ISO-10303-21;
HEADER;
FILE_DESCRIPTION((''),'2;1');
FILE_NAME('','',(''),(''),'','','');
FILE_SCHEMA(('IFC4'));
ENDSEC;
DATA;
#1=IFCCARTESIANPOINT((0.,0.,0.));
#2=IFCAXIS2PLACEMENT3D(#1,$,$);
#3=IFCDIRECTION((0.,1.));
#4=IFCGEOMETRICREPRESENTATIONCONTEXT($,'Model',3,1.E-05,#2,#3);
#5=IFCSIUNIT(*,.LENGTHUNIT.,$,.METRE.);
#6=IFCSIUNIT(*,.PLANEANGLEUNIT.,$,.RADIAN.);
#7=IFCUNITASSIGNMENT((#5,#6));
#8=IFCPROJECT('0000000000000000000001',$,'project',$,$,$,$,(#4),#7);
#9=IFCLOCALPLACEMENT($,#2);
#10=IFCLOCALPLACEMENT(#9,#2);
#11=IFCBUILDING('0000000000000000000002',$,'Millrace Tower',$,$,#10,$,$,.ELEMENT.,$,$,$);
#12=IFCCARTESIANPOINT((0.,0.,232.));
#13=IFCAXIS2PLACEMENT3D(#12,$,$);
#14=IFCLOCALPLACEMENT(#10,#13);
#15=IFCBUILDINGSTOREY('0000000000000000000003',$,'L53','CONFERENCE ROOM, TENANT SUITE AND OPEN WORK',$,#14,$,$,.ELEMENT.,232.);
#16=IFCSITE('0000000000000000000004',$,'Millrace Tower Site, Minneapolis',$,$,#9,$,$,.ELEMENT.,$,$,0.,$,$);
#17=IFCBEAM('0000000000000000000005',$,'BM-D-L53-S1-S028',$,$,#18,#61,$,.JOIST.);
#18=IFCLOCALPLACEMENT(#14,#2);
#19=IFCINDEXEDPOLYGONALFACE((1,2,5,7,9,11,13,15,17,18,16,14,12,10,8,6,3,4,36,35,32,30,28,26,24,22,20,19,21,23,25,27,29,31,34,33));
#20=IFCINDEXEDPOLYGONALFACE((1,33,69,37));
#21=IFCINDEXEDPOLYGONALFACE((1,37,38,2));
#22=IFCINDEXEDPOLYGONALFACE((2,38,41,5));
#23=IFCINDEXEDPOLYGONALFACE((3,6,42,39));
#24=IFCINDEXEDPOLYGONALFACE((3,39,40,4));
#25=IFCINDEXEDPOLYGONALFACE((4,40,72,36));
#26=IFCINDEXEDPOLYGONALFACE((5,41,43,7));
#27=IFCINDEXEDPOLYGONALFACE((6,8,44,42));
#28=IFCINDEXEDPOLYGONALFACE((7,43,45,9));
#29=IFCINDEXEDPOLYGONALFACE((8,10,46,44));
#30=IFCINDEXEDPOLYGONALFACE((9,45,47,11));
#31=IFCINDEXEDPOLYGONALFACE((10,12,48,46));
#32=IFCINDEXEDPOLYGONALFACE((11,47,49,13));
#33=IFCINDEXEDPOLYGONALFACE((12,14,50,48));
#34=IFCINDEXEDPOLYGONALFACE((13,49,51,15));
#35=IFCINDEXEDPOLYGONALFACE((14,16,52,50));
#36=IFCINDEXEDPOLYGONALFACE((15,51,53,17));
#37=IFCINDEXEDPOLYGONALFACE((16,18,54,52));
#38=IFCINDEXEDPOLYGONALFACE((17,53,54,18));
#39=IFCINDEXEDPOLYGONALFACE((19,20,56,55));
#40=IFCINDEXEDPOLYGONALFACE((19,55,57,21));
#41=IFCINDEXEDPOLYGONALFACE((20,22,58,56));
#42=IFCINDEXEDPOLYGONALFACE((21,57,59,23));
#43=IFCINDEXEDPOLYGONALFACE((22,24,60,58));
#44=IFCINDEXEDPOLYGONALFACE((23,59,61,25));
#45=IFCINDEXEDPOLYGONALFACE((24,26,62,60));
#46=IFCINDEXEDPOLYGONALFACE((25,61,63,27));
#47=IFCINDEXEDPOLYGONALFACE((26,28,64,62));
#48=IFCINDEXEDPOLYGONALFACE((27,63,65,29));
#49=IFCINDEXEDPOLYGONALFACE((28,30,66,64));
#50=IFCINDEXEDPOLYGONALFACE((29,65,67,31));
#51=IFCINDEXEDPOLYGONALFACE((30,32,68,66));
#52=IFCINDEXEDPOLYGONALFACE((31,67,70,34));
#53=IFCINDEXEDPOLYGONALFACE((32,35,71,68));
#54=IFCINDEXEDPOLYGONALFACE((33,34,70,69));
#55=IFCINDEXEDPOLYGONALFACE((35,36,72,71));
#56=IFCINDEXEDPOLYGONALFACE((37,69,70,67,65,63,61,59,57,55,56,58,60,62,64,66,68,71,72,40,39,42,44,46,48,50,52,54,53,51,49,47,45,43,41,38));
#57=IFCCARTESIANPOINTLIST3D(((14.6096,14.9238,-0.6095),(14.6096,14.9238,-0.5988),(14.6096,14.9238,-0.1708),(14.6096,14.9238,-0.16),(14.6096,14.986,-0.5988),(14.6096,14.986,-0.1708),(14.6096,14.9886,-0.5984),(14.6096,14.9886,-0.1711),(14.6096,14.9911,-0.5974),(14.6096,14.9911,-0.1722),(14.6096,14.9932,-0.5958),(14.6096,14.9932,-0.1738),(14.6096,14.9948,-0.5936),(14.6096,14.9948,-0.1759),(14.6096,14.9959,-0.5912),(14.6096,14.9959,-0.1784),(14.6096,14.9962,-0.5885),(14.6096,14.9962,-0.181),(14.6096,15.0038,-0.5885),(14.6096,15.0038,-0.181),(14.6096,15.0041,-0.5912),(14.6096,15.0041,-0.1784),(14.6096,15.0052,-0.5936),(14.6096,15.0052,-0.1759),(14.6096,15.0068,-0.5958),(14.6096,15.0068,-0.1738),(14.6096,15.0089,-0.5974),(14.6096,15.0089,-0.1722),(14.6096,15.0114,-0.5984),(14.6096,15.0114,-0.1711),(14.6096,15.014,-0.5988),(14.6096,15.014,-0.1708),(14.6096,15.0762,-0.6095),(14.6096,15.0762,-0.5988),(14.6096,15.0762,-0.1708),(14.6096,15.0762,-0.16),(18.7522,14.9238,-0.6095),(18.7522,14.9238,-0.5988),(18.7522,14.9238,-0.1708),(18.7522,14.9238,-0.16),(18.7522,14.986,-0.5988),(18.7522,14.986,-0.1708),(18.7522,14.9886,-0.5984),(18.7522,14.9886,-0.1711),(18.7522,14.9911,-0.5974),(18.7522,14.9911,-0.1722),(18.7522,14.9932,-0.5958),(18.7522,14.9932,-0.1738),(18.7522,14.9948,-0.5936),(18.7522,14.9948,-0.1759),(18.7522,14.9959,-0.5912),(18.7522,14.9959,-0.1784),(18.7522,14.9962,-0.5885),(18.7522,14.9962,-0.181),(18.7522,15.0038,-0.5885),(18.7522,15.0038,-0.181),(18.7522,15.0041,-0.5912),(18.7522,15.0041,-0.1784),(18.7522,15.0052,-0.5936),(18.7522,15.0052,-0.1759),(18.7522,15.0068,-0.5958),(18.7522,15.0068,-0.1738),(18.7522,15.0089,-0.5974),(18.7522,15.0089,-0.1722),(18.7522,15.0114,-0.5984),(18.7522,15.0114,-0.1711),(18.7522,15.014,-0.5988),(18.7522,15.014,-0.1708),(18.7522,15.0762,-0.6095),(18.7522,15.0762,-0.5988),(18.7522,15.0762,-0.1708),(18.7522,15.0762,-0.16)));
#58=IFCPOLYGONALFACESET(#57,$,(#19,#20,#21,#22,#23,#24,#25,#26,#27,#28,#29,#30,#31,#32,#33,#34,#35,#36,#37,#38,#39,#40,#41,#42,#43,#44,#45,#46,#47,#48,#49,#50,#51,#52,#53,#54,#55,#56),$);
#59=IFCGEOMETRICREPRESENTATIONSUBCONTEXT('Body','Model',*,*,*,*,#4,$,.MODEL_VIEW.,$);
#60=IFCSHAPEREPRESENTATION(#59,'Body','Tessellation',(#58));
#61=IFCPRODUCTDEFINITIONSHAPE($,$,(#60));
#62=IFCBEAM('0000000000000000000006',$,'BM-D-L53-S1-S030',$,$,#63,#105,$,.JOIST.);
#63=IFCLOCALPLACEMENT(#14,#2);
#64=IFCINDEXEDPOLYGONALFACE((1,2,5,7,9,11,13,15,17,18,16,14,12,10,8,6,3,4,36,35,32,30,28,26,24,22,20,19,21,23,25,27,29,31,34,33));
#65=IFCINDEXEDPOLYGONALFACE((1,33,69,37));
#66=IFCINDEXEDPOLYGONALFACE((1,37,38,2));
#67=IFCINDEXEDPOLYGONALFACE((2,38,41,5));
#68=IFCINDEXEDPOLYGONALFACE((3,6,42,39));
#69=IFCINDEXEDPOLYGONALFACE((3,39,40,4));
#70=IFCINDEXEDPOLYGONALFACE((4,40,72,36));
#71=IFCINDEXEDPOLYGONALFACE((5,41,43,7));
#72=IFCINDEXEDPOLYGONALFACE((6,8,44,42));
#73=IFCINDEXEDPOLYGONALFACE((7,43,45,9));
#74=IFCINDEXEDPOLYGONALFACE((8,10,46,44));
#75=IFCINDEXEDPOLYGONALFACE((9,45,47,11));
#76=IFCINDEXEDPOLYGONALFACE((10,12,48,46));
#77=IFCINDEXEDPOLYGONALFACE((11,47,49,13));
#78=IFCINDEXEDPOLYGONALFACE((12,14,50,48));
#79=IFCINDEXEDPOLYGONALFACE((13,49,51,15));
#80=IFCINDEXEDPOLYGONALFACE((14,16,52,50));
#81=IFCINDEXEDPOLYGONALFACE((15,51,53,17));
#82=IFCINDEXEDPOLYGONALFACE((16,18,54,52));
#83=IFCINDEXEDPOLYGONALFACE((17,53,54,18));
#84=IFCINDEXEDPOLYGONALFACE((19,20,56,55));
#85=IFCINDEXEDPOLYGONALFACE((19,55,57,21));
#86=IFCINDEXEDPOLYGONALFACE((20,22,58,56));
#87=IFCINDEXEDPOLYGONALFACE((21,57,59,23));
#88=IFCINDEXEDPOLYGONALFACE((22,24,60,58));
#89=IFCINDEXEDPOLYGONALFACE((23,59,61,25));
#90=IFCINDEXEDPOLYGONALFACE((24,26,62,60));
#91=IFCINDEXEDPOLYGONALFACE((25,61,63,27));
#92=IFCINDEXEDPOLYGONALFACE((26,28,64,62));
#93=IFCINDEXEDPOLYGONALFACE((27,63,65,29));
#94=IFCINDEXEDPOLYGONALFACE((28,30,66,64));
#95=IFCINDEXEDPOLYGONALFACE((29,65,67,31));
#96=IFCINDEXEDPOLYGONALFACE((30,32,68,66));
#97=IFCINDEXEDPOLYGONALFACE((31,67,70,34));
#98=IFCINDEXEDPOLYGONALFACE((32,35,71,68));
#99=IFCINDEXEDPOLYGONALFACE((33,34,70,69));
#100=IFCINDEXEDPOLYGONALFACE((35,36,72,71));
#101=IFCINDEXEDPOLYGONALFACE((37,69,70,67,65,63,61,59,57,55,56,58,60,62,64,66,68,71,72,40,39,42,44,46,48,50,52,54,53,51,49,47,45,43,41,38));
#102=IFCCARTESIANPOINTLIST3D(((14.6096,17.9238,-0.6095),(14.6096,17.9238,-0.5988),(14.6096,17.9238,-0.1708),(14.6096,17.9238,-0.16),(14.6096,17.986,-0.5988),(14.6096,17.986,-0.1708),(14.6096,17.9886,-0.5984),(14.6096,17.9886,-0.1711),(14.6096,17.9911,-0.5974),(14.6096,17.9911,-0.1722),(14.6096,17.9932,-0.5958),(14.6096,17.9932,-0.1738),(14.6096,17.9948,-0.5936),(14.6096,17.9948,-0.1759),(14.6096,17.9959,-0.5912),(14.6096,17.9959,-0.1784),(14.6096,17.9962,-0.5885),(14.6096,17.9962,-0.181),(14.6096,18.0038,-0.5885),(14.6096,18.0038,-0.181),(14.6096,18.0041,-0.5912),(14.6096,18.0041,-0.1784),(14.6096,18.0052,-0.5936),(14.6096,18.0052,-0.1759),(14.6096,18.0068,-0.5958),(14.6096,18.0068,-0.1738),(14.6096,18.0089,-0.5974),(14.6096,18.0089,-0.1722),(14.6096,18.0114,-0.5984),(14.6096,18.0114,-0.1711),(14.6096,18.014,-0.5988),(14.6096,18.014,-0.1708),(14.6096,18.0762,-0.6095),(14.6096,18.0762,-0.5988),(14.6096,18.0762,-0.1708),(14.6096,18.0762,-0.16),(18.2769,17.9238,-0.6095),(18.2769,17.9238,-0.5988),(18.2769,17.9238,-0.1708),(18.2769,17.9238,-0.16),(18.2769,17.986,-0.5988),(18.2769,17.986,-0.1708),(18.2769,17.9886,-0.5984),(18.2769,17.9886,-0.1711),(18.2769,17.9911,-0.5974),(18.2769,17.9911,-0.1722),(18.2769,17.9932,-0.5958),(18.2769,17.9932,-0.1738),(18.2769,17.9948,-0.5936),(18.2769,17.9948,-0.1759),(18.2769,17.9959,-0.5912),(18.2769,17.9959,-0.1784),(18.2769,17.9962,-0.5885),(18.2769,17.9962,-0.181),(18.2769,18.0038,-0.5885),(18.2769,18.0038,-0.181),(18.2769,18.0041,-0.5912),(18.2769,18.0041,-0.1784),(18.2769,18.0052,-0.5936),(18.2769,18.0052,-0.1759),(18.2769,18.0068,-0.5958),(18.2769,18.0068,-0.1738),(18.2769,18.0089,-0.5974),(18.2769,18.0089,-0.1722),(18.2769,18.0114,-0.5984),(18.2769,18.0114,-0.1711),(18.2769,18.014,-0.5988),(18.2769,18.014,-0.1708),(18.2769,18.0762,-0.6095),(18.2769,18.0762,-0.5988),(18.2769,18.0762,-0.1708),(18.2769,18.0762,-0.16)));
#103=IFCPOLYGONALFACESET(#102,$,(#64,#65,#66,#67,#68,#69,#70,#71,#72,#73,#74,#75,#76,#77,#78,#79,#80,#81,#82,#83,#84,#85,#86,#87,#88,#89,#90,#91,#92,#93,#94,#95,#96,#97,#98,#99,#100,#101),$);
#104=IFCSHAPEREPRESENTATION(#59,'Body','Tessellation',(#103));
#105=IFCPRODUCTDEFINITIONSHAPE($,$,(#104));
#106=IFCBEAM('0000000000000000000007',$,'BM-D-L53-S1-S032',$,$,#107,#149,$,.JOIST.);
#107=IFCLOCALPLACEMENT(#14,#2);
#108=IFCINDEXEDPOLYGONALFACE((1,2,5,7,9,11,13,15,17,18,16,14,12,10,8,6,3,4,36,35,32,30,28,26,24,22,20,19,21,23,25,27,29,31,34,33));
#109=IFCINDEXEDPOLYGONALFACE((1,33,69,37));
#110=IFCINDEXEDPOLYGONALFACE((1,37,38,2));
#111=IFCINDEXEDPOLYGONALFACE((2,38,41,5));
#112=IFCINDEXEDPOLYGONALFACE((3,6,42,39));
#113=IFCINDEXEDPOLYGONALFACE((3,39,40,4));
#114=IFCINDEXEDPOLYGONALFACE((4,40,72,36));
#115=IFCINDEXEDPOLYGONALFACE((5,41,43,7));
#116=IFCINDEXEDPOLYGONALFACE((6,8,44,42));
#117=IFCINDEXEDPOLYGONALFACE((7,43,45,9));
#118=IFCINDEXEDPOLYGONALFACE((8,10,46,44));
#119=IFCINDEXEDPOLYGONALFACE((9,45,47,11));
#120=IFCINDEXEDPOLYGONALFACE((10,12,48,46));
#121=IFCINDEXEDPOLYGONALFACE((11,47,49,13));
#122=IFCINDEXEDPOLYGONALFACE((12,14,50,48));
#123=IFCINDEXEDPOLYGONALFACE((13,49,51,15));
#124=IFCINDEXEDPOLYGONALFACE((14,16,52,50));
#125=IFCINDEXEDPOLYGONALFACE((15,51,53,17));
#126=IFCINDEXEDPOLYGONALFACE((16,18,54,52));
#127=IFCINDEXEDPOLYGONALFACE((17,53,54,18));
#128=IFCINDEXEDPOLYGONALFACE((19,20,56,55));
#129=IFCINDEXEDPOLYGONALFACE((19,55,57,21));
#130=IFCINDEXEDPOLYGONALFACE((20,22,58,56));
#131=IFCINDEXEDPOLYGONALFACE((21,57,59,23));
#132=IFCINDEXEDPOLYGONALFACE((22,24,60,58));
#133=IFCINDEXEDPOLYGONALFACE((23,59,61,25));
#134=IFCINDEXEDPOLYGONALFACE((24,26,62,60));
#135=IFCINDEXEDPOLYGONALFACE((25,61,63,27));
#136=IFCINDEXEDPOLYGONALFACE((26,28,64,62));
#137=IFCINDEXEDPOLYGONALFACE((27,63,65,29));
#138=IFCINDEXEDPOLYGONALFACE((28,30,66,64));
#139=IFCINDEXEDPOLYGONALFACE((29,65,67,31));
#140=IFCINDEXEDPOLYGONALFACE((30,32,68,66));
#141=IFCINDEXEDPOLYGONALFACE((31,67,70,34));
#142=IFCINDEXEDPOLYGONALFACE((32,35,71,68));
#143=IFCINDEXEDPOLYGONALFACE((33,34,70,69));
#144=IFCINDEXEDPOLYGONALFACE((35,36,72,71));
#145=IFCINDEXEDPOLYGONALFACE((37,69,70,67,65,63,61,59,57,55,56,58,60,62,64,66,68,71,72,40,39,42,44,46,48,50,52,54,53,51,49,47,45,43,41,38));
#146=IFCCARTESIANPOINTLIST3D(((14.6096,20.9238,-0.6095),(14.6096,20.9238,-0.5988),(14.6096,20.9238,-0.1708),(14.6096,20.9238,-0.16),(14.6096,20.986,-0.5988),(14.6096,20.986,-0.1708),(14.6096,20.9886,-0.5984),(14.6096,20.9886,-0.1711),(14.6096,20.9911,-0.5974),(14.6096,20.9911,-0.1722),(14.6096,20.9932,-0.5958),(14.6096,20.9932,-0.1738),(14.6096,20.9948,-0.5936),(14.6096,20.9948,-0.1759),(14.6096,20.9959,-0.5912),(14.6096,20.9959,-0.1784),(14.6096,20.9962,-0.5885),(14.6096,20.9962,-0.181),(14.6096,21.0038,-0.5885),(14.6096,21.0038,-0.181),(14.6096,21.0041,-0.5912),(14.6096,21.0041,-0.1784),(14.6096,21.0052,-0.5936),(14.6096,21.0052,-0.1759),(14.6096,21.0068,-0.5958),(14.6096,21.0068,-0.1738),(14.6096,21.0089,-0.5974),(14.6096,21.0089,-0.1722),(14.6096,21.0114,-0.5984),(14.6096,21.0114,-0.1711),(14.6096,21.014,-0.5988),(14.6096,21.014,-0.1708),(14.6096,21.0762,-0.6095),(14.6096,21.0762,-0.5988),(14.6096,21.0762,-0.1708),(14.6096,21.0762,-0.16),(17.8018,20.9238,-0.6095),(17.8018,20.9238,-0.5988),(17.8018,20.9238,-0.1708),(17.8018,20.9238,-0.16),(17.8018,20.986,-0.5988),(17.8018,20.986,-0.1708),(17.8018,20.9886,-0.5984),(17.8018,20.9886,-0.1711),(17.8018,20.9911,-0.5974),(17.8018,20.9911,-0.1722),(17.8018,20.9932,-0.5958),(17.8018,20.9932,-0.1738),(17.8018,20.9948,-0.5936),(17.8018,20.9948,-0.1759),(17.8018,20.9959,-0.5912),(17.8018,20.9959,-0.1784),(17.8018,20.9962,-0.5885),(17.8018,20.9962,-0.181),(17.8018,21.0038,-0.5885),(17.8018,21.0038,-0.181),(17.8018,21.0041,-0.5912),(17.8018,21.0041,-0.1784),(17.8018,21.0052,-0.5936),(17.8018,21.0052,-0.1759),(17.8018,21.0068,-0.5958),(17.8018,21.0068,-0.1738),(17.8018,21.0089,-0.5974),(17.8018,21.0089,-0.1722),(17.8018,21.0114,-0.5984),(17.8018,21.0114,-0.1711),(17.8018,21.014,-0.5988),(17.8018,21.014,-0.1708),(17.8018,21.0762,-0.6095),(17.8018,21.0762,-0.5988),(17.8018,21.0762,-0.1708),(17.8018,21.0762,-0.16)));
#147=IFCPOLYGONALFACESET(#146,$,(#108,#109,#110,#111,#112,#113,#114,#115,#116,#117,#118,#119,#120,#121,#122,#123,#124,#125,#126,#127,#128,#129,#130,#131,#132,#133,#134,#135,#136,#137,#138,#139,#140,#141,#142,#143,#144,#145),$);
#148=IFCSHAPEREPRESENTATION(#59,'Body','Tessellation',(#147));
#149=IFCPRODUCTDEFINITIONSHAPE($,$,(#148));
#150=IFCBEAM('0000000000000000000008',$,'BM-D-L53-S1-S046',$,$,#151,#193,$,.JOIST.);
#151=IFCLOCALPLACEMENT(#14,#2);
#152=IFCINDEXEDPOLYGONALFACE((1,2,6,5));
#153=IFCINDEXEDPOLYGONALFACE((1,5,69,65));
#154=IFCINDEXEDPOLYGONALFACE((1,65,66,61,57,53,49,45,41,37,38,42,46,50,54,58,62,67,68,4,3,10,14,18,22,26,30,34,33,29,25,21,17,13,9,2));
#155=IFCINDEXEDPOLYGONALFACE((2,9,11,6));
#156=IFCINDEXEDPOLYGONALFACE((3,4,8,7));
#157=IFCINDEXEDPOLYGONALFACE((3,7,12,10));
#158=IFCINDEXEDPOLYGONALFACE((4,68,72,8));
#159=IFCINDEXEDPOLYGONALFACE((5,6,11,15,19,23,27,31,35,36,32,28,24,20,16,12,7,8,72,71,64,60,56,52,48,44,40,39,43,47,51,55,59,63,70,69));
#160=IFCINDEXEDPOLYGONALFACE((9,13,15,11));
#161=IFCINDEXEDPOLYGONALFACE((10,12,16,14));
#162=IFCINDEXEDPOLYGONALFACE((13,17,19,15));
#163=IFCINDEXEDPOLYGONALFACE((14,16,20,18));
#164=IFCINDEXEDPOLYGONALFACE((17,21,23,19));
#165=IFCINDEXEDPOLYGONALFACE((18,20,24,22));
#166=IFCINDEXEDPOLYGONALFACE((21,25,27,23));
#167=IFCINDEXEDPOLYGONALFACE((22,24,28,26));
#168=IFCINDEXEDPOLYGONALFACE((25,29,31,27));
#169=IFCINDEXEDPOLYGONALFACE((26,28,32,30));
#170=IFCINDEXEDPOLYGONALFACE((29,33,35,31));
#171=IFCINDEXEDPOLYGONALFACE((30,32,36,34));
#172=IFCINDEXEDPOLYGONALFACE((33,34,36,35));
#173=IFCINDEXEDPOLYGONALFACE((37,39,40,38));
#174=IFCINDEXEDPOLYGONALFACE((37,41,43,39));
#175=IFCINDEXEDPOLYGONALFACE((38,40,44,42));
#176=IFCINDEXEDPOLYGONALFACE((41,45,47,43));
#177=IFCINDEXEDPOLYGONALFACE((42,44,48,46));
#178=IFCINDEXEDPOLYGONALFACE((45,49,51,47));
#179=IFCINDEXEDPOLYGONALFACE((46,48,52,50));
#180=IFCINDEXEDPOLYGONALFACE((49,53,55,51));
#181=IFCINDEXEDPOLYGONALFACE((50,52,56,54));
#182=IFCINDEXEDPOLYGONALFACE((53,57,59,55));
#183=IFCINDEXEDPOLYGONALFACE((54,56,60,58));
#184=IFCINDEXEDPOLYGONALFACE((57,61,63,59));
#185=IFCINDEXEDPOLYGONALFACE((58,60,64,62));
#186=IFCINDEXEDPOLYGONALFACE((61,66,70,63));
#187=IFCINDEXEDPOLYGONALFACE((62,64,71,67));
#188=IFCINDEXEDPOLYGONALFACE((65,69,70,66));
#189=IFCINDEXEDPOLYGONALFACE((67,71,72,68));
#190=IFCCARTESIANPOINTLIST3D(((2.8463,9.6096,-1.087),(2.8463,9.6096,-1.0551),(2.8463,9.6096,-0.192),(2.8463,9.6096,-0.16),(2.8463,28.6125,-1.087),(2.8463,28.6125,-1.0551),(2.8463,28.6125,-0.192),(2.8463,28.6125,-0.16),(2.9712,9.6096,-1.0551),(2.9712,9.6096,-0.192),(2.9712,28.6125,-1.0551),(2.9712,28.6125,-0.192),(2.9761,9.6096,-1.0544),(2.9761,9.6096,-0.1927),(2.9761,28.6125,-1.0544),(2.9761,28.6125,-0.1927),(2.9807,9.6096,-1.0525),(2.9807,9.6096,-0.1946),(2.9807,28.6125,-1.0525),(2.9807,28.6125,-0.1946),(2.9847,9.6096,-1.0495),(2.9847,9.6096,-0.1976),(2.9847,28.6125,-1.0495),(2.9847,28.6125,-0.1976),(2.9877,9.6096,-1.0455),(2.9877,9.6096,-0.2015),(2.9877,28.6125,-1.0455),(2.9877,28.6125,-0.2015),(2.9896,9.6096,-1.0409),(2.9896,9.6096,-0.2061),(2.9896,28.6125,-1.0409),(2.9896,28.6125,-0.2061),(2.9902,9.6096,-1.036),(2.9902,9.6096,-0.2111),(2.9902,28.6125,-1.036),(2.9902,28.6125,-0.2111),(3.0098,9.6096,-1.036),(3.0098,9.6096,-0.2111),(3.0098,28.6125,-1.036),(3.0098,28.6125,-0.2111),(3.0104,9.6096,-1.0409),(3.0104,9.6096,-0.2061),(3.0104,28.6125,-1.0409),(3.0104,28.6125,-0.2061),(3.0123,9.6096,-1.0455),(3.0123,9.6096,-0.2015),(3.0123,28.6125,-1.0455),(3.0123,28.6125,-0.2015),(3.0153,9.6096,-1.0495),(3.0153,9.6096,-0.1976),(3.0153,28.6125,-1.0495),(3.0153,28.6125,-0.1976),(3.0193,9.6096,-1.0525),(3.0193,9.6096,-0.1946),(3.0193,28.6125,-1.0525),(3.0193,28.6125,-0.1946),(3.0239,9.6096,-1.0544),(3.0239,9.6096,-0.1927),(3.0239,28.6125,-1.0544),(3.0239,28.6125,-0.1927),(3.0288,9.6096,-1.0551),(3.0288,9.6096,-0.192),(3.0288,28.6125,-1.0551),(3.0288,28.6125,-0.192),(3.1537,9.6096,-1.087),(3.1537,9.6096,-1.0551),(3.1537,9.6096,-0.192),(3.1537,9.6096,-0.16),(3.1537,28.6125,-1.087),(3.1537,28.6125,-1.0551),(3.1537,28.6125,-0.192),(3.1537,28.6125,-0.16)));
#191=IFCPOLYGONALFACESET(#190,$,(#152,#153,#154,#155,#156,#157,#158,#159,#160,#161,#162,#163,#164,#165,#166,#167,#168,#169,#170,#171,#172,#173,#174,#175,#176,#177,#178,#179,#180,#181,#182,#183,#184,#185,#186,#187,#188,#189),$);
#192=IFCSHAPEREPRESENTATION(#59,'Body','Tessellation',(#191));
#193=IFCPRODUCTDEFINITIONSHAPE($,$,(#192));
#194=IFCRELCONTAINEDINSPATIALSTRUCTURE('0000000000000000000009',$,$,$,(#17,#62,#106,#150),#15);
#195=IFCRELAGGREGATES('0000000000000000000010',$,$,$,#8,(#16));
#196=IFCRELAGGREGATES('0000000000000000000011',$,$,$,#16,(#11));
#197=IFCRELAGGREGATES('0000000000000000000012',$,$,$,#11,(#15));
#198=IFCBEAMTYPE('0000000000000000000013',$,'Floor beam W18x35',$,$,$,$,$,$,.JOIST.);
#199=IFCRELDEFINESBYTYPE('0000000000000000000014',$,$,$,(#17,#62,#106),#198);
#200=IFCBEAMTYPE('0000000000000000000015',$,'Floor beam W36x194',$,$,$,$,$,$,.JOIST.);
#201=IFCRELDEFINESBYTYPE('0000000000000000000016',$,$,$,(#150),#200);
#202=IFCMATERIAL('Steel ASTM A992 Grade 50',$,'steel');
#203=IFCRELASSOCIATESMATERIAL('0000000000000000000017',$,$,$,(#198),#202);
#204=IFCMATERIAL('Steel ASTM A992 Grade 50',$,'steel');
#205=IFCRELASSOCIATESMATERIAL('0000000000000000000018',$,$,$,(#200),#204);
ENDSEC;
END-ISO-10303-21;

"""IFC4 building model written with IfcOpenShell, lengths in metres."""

from ifc_helpers import new_model, si_unit, direction, frame, origin, origin_2d, place, context, subcontext, project, spatial, i_section, extrude, material, material_profile, profile_set, type_object, element, save


model = new_model("IFC4")

# Units and contexts
model_context = context("Model", 3, precision=1e-05, world=origin(), true_north=direction((0.0, 1.0)))
body_context = subcontext(model_context, "Body", "Model", "MODEL_VIEW")
ifc_project = project(units=[si_unit("LENGTHUNIT", "METRE"), si_unit("PLANEANGLEUNIT", "RADIAN")], contexts=[model_context])

# Site, building, storey
site_placement = place(None, origin())
site = spatial("IfcSite", under=ifc_project, at=site_placement, Name="Millrace Tower Site, Minneapolis", CompositionType="ELEMENT", RefElevation=0.0)
building_placement = place(site_placement, origin())
building = spatial("IfcBuilding", under=site, at=building_placement, Name="Millrace Tower", CompositionType="ELEMENT")
storey_placement = place(building_placement, frame((0.0, 0.0, 232.0)))
storey = spatial("IfcBuildingStorey", under=building, at=storey_placement, Name="L53", Description="CONFERENCE ROOM, TENANT SUITE AND OPEN WORK", CompositionType="ELEMENT", Elevation=232.0)

# Beams
ifc_material_1 = material(Name="Steel ASTM A992 Grade 50", Category="steel")
ifc_material_profile_1 = material_profile(ifc_material_1, i_section(OverallWidth=0.1523, OverallDepth=0.4495, WebThickness=0.0076, FlangeThickness=0.0107, FilletRadius=0.0103, at=origin_2d()))
ifc_profile_set_1 = profile_set([ifc_material_profile_1], Name="Steel ASTM A992 Grade 50")
beam_type_1 = type_object("IfcBeamType", Name="Floor beam W18x35", PredefinedType="JOIST", material=ifc_profile_set_1)
beam_1_placement = place(storey_placement, frame((14.6096, 15.0, -0.3848), z_axis=(1.0, 0.0, 0.0), x_axis=(0.0, 1.0, 0.0)))
element("IfcBeam", 1, at=beam_1_placement, inside=storey, type_object=beam_type_1, Name="BM-D-L53-S1-S028", PredefinedType="JOIST", context=body_context, shape_type="SweptSolid", body=[
    extrude(i_section(OverallWidth=0.1523, OverallDepth=0.4495, WebThickness=0.0076, FlangeThickness=0.0107, FilletRadius=0.0103, at=origin_2d()), origin(), (0.0, 0.0, 1.0), 4.1426),
])
beam_2_placement = place(storey_placement, frame((14.6096, 18.0, -0.3848), z_axis=(1.0, 0.0, 0.0), x_axis=(0.0, 1.0, 0.0)))
element("IfcBeam", 2, at=beam_2_placement, inside=storey, type_object=beam_type_1, Name="BM-D-L53-S1-S030", PredefinedType="JOIST", context=body_context, shape_type="SweptSolid", body=[
    extrude(i_section(OverallWidth=0.1523, OverallDepth=0.4495, WebThickness=0.0076, FlangeThickness=0.0107, FilletRadius=0.0103, at=origin_2d()), origin(), (0.0, 0.0, 1.0), 3.6672),
])
beam_3_placement = place(storey_placement, frame((14.6096, 21.0, -0.3848), z_axis=(1.0, 0.0, 0.0), x_axis=(0.0, 1.0, 0.0)))
element("IfcBeam", 3, at=beam_3_placement, inside=storey, type_object=beam_type_1, Name="BM-D-L53-S1-S032", PredefinedType="JOIST", context=body_context, shape_type="SweptSolid", body=[
    extrude(i_section(OverallWidth=0.1523, OverallDepth=0.4495, WebThickness=0.0076, FlangeThickness=0.0107, FilletRadius=0.0103, at=origin_2d()), origin(), (0.0, 0.0, 1.0), 3.1921),
])
ifc_material_2 = material(Name="Steel ASTM A992 Grade 50", Category="steel")
ifc_material_profile_2 = material_profile(ifc_material_2, i_section(OverallWidth=0.3074, OverallDepth=0.927, WebThickness=0.0195, FlangeThickness=0.032, FilletRadius=0.019, at=origin_2d()))
ifc_profile_set_2 = profile_set([ifc_material_profile_2], Name="Steel ASTM A992 Grade 50")
beam_type_2 = type_object("IfcBeamType", Name="Floor beam W36x194", PredefinedType="JOIST", material=ifc_profile_set_2)
beam_4_placement = place(storey_placement, frame((3.0, 9.6096, -0.6235), z_axis=(0.0, 1.0, 0.0), x_axis=(-1.0, 0.0, 0.0)))
element("IfcBeam", 4, at=beam_4_placement, inside=storey, type_object=beam_type_2, Name="BM-D-L53-S1-S046", PredefinedType="JOIST", context=body_context, shape_type="SweptSolid", body=[
    extrude(i_section(OverallWidth=0.3074, OverallDepth=0.927, WebThickness=0.0195, FlangeThickness=0.032, FilletRadius=0.019, at=origin_2d()), origin(), (0.0, 0.0, 1.0), 19.0029),
])

save(model, "model.ifc")
